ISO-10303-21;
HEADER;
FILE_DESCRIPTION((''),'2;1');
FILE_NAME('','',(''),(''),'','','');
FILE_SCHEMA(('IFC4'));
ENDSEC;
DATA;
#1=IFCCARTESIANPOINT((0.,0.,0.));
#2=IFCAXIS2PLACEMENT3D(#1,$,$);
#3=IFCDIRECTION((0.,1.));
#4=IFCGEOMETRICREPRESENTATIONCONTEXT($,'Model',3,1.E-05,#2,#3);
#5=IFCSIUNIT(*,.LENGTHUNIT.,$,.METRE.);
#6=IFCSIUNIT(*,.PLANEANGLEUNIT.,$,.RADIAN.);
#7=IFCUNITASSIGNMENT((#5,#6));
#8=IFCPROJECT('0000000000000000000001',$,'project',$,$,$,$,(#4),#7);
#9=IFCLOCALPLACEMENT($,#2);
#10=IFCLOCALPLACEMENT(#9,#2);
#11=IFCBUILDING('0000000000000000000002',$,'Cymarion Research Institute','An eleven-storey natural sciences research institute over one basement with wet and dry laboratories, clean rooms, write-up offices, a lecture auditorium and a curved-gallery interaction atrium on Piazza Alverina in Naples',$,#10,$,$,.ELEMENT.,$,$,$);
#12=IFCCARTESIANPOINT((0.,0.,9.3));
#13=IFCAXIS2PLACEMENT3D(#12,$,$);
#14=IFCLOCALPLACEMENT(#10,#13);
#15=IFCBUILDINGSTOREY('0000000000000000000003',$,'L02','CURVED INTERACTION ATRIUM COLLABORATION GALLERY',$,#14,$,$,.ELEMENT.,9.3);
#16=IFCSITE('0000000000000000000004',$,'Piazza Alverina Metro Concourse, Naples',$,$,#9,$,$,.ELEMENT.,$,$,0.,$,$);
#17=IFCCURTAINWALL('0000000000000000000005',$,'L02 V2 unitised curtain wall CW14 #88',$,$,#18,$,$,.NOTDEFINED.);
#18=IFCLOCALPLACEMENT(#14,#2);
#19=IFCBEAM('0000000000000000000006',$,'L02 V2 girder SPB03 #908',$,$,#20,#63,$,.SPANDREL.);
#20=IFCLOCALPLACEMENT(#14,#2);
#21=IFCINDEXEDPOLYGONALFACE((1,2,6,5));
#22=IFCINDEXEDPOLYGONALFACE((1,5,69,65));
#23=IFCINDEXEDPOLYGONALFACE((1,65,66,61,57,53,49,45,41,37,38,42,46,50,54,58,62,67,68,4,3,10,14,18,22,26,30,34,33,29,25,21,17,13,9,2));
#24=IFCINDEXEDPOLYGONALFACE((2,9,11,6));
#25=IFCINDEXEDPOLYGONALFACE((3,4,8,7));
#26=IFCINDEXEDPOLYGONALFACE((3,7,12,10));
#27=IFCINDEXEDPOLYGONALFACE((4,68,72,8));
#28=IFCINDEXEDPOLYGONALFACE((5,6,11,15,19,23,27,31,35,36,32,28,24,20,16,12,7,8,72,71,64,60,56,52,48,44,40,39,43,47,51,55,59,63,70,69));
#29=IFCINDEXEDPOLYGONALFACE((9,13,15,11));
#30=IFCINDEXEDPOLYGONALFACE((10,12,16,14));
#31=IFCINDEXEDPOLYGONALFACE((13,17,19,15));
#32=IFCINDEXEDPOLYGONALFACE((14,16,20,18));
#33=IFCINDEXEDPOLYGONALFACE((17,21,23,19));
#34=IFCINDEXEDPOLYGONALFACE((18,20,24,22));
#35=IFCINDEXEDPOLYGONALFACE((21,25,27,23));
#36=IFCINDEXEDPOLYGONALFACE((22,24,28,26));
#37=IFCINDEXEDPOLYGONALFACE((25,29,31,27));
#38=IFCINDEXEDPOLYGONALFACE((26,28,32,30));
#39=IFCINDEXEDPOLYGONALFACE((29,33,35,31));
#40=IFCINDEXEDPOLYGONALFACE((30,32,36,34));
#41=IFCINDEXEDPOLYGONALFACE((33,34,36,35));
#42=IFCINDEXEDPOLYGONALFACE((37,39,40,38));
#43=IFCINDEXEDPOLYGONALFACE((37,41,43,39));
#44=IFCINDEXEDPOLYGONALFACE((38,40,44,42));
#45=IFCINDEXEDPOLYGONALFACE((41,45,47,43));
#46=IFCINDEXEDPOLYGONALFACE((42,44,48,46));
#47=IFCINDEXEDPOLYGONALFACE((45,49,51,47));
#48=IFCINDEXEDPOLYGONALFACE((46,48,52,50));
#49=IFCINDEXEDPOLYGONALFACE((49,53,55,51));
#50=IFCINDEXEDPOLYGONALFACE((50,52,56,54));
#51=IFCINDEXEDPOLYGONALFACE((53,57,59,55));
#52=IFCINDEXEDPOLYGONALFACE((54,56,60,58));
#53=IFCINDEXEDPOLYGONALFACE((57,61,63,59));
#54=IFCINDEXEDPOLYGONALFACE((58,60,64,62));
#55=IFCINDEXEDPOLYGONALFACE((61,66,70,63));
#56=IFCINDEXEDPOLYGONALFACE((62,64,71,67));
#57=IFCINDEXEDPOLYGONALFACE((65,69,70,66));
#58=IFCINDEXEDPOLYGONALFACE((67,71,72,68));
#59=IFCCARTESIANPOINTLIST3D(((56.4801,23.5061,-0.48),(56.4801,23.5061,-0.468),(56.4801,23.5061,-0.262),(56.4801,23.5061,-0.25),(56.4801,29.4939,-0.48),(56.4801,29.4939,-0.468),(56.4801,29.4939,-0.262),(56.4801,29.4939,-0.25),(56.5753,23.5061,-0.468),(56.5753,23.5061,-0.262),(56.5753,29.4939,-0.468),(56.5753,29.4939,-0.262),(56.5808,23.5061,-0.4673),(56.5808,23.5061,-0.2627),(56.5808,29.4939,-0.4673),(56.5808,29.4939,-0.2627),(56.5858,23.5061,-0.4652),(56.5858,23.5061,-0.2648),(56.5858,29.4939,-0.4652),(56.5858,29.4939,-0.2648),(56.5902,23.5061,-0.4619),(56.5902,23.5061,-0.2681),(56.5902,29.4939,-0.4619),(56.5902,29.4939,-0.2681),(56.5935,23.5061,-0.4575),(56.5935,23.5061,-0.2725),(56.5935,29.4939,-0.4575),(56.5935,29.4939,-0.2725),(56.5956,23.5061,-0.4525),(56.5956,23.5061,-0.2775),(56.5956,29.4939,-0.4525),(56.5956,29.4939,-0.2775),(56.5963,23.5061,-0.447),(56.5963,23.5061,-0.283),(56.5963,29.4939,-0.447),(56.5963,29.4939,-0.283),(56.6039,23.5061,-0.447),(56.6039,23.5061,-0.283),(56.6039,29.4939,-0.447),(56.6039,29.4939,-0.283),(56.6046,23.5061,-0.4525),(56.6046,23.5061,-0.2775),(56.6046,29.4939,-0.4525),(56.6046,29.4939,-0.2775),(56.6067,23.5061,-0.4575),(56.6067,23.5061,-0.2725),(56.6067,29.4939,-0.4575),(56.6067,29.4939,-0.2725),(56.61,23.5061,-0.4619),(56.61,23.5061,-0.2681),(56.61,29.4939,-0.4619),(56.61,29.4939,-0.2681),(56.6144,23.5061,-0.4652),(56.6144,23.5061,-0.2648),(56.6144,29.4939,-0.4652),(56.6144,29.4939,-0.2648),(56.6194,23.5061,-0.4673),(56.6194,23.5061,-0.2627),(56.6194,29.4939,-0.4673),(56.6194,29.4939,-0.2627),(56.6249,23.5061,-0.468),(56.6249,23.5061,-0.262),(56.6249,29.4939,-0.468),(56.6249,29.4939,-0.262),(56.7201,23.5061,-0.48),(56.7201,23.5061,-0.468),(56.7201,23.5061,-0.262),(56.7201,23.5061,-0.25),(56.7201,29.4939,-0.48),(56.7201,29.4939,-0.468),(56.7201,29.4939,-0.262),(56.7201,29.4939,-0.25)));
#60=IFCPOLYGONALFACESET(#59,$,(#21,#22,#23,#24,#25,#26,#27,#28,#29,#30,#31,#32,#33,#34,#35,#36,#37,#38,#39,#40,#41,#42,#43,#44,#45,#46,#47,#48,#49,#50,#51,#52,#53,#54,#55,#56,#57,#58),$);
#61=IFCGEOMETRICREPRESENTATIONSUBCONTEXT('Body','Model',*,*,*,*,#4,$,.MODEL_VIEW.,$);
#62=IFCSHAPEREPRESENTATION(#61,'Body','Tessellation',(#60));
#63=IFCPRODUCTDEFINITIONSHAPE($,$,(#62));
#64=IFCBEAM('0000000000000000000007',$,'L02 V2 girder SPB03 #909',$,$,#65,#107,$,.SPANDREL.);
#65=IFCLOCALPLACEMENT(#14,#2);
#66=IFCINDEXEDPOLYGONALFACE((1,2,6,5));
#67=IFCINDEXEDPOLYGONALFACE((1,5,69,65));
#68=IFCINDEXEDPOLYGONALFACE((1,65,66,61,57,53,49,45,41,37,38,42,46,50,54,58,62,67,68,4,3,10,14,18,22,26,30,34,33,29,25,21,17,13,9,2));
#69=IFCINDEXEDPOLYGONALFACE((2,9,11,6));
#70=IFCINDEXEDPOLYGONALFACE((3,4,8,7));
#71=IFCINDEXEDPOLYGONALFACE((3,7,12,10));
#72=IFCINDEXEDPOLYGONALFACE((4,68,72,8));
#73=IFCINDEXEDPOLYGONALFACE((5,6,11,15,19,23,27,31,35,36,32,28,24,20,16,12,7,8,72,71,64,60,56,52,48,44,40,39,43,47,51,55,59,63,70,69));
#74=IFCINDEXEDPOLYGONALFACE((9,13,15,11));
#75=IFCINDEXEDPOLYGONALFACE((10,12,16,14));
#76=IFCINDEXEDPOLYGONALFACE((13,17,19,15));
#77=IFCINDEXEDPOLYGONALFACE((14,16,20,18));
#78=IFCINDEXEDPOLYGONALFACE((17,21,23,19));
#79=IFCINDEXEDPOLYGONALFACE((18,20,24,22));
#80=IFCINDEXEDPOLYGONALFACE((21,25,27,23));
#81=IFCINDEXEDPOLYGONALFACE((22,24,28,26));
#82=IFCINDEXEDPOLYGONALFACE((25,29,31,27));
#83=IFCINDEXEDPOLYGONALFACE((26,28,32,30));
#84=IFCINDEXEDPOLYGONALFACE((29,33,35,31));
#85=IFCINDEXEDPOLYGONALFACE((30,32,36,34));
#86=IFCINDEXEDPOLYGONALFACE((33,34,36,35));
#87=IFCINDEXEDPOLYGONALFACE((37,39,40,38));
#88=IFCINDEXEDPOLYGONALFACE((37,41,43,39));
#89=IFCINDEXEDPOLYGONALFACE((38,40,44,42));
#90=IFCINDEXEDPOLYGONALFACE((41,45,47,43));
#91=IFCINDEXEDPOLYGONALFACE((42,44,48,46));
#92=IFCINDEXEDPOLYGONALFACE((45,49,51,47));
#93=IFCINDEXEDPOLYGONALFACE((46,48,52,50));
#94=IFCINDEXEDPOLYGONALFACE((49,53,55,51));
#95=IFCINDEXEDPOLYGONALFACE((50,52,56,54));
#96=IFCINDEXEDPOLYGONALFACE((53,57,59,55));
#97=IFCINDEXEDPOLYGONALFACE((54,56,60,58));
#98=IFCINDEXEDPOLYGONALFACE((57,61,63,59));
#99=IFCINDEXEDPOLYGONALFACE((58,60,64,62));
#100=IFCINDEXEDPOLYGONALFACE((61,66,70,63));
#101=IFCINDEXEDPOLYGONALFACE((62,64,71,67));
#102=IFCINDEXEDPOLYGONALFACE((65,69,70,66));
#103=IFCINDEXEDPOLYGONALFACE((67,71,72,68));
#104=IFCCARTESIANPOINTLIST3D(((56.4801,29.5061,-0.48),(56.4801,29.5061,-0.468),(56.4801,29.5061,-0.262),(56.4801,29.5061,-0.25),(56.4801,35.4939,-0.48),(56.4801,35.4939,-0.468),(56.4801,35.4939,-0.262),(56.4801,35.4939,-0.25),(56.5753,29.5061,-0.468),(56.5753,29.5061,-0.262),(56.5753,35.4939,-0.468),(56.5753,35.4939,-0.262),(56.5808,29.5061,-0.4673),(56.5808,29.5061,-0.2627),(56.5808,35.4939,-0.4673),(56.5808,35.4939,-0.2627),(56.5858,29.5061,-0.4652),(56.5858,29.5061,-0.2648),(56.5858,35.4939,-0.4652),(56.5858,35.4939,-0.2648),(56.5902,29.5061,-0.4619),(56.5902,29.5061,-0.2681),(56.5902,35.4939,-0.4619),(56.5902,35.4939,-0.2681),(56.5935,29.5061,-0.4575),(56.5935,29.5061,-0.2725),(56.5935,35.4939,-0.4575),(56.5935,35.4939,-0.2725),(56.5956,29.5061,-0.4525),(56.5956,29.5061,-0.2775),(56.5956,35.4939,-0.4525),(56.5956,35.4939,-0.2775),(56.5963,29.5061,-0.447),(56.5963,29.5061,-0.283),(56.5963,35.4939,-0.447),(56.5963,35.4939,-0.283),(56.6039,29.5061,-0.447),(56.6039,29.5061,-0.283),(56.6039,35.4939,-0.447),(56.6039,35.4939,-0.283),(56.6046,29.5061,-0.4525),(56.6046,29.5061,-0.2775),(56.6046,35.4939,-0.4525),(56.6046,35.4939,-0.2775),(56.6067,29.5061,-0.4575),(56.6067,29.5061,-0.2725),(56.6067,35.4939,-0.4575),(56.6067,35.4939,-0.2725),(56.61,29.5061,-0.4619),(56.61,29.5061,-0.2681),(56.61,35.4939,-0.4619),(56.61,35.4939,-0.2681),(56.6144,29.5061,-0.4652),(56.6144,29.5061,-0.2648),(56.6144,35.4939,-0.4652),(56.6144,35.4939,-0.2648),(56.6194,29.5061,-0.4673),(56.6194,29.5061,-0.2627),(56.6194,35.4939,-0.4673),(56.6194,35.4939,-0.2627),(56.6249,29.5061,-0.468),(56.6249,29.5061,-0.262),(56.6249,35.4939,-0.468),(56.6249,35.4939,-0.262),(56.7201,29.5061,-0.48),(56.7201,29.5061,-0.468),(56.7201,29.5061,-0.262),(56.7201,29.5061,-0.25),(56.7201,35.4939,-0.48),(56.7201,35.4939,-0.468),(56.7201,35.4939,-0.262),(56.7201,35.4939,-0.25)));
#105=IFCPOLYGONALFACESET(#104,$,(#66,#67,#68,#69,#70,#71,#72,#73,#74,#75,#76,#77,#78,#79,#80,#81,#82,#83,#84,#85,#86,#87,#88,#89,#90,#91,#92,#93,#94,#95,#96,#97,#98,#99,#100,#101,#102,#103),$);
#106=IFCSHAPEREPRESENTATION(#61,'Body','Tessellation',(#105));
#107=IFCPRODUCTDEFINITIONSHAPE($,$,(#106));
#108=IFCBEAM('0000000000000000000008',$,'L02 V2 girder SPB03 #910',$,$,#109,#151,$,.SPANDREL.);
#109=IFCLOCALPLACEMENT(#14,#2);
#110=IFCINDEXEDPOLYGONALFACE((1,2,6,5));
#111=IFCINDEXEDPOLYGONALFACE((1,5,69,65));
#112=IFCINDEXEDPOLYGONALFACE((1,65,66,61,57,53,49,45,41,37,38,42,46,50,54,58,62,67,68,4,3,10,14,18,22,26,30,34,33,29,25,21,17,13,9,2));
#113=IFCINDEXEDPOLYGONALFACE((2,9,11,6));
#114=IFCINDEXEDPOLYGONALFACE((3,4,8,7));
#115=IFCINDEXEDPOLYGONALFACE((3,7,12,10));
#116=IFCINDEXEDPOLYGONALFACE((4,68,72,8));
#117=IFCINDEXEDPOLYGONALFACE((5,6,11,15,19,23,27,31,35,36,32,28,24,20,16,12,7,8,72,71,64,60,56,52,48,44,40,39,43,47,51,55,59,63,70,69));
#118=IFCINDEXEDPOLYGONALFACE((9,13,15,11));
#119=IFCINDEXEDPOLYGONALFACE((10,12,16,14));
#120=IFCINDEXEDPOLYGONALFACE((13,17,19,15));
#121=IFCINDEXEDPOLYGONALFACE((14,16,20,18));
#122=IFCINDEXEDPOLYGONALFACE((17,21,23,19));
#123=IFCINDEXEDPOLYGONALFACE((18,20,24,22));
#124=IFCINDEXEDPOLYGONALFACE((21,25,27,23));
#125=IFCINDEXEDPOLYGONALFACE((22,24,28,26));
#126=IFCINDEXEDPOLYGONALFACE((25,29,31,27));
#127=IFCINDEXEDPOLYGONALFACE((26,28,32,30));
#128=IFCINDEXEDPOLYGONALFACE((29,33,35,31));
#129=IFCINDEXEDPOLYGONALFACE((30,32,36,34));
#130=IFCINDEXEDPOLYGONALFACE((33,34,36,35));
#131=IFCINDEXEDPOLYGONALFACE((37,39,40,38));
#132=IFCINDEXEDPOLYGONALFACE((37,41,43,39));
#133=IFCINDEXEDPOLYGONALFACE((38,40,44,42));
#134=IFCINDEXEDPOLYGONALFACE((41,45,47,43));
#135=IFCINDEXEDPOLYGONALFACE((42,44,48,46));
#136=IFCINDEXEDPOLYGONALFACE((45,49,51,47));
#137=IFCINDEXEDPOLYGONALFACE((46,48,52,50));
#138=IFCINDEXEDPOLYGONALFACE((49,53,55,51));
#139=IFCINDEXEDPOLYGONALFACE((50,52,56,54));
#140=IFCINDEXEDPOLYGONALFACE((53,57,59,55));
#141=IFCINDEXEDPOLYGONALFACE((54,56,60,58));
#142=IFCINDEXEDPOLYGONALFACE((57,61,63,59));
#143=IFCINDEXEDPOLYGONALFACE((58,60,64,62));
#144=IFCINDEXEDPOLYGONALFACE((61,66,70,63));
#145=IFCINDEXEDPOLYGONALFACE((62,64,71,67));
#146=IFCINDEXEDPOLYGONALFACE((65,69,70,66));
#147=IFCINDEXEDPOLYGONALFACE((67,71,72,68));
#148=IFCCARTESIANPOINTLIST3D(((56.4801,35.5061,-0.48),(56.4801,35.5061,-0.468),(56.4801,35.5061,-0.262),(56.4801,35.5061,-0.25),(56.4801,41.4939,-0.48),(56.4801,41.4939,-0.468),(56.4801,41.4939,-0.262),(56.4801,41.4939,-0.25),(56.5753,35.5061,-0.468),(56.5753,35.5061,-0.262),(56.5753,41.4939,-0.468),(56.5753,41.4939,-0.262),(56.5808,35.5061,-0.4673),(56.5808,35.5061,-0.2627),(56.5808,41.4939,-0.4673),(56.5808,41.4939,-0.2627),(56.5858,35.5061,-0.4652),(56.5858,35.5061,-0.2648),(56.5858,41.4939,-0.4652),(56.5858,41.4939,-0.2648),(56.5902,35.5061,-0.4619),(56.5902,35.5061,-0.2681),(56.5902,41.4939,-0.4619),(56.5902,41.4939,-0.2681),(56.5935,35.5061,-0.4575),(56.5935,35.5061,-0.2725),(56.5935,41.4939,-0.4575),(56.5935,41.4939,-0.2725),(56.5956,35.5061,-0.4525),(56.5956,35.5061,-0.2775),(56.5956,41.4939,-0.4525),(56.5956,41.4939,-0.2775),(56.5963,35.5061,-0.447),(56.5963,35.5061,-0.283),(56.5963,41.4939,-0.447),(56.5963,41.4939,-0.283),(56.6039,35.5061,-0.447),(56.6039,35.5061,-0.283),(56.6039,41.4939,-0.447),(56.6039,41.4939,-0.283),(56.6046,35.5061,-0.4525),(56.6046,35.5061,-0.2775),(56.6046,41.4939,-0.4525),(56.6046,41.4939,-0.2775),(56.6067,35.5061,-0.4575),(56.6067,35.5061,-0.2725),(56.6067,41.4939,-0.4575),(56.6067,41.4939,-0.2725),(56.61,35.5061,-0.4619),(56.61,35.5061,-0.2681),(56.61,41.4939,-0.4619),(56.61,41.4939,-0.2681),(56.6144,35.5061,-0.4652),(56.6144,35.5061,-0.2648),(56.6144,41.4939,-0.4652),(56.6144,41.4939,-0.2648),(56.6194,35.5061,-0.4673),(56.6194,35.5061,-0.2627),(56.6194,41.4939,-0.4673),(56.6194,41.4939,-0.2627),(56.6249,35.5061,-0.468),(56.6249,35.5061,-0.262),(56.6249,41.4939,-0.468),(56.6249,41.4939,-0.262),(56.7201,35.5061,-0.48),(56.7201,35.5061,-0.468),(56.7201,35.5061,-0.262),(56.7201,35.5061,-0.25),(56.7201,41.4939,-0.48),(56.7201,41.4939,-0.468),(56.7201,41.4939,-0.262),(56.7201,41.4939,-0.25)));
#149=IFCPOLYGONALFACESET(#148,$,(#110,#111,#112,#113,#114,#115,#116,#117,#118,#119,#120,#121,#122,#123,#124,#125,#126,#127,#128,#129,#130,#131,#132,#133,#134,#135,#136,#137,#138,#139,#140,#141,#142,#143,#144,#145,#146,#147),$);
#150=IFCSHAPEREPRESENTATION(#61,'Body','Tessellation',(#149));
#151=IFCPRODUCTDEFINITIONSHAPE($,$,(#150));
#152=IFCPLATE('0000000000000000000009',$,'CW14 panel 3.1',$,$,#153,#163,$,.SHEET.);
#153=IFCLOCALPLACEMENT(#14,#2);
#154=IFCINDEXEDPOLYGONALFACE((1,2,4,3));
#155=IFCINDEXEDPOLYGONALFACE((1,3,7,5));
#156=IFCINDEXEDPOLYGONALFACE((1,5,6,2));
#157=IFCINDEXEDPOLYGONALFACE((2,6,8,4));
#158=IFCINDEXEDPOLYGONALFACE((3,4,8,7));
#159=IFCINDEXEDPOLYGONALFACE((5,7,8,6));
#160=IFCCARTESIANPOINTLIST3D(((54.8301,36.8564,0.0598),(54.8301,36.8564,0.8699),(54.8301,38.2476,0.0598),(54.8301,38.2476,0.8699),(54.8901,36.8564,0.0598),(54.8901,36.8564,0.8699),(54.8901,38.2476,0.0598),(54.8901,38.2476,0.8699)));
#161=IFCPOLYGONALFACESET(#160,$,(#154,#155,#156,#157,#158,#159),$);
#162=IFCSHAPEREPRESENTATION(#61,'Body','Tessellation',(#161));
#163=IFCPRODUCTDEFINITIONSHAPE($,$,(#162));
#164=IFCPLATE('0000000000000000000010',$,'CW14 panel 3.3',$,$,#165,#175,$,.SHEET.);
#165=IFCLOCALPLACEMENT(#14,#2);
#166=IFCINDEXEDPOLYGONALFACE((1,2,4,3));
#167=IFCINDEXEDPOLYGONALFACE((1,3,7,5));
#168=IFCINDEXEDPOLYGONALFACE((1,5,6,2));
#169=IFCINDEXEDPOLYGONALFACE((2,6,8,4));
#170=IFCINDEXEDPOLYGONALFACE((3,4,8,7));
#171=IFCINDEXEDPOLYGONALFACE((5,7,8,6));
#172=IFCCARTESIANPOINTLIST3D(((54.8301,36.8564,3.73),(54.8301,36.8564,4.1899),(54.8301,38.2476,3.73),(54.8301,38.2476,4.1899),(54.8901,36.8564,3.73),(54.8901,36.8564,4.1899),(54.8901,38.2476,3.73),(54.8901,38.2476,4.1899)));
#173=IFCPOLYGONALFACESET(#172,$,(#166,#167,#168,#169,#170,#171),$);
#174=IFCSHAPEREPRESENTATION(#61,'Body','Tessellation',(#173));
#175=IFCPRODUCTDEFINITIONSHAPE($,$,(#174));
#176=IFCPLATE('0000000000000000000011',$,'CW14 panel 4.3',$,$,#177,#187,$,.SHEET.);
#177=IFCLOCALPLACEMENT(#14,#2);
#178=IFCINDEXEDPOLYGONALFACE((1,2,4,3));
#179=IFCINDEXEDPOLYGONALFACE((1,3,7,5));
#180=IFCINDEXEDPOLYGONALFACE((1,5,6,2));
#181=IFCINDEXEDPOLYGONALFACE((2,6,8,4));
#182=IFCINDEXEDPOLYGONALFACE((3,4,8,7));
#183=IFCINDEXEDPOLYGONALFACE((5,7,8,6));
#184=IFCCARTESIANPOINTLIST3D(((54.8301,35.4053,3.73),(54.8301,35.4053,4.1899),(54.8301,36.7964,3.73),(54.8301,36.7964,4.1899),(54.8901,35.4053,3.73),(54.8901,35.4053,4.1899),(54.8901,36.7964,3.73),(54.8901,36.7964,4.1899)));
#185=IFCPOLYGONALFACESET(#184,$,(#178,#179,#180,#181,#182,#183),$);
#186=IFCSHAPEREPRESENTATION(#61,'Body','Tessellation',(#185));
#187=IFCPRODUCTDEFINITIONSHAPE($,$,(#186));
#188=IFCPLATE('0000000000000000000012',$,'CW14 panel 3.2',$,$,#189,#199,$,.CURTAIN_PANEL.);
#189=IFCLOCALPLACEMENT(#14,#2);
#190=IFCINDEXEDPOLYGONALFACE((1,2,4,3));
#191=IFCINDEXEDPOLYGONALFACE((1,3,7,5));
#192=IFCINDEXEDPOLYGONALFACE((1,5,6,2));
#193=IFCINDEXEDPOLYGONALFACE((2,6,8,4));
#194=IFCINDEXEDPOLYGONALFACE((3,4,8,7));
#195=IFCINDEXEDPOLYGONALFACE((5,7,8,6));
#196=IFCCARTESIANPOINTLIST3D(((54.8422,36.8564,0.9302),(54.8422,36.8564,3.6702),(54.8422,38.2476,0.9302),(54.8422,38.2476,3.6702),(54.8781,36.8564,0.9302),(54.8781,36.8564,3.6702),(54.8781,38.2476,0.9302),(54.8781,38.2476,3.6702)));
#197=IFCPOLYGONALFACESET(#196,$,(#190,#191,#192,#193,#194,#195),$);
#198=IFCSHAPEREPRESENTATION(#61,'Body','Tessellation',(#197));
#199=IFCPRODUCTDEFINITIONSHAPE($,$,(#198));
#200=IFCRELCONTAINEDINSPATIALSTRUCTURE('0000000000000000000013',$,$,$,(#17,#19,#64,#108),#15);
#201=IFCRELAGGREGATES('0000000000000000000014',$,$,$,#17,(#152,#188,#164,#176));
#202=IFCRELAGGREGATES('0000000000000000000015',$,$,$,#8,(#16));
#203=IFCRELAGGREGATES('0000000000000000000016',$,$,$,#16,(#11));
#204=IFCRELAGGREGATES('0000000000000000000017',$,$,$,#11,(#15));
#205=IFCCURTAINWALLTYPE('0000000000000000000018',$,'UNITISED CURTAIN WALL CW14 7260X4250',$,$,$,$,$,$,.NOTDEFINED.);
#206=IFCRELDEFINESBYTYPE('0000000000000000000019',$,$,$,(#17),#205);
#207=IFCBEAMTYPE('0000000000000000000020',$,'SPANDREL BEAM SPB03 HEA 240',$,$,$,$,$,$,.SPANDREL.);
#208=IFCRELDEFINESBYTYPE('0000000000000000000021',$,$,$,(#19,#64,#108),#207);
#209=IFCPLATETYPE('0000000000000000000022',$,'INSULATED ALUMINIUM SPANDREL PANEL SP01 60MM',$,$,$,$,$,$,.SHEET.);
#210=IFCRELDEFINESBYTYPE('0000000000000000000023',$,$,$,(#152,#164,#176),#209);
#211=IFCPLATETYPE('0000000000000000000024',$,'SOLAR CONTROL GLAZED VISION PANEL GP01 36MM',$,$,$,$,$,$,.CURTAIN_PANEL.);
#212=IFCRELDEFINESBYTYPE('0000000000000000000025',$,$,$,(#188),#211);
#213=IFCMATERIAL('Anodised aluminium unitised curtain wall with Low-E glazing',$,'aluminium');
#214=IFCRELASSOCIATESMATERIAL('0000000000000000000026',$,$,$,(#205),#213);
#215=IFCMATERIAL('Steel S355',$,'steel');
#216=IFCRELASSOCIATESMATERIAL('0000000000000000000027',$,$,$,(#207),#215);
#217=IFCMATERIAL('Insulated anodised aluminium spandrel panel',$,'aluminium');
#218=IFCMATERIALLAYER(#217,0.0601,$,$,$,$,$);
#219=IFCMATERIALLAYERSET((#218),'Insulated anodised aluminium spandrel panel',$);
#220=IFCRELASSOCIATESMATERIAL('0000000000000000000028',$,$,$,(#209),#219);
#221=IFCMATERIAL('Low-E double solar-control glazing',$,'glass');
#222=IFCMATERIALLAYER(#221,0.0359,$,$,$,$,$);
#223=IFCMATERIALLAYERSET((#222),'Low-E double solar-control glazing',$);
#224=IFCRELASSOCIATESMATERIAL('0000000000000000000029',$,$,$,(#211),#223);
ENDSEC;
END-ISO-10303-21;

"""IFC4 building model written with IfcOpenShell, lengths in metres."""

from ifc_helpers import new_model, si_unit, direction, frame, origin, origin_2d, place, context, subcontext, project, spatial, rectangle, i_section, extrude, material, layer, layer_set, material_profile, profile_set, type_object, element, aggregate, save


model = new_model("IFC4")

# Units and contexts
model_context = context("Model", 3, precision=1e-05, world=origin(), true_north=direction((0.0, 1.0)))
body_context = subcontext(model_context, "Body", "Model", "MODEL_VIEW")
ifc_project = project(units=[si_unit("LENGTHUNIT", "METRE"), si_unit("PLANEANGLEUNIT", "RADIAN")], contexts=[model_context])

# Site, building, storey
site_placement = place(None, origin())
site = spatial("IfcSite", under=ifc_project, at=site_placement, Name="Piazza Alverina Metro Concourse, Naples", CompositionType="ELEMENT", RefElevation=0.0)
building_placement = place(site_placement, origin())
building = spatial("IfcBuilding", under=site, at=building_placement, Name="Cymarion Research Institute", Description="An eleven-storey natural sciences research institute over one basement with wet and dry laboratories, clean rooms, write-up offices, a lecture auditorium and a curved-gallery interaction atrium on Piazza Alverina in Naples", CompositionType="ELEMENT")
storey_placement = place(building_placement, frame((0.0, 0.0, 9.3)))
storey = spatial("IfcBuildingStorey", under=building, at=storey_placement, Name="L02", Description="CURVED INTERACTION ATRIUM COLLABORATION GALLERY", CompositionType="ELEMENT", Elevation=9.3)

# Shared definitions
ifc_material_1 = material(Name="Steel S355", Category="steel")

# Curtain wall
ifc_material_2 = material(Name="Anodised aluminium unitised curtain wall with Low-E glazing", Category="aluminium")
curtain_wall_type = type_object("IfcCurtainWallType", Name="UNITISED CURTAIN WALL CW14 7260X4250", PredefinedType="NOTDEFINED", material=ifc_material_2)
curtain_wall_placement = place(storey_placement, origin())
curtain_wall = element("IfcCurtainWall", 1, at=curtain_wall_placement, inside=storey, type_object=curtain_wall_type, Name="L02 V2 unitised curtain wall CW14 #88", PredefinedType="NOTDEFINED")

# Beams
ifc_material_profile_1 = material_profile(ifc_material_1, i_section(OverallWidth=0.24, OverallDepth=0.23, WebThickness=0.0076, FlangeThickness=0.012, FilletRadius=0.021, at=origin_2d()), Name="HEA 240")
ifc_profile_set_1 = profile_set([ifc_material_profile_1], Name="Steel S355")
beam_type_1 = type_object("IfcBeamType", Name="SPANDREL BEAM SPB03 HEA 240", PredefinedType="SPANDREL", material=ifc_profile_set_1)
for number, where, z_axis, x_axis, name in (
    (2, (56.6001, 23.5061, -0.365), (0.0, 1.0, 0.0), (-1.0, 0.0, 0.0), "L02 V2 girder SPB03 #908"),
    (3, (56.6001, 29.5061, -0.365), (0.0, 1.0, 0.0), (-1.0, 0.0, 0.0), "L02 V2 girder SPB03 #909"),
    (4, (56.6001, 35.5061, -0.365), (0.0, 1.0, 0.0), (-1.0, 0.0, 0.0), "L02 V2 girder SPB03 #910"),
):
    element("IfcBeam", number, at=place(storey_placement, frame(where, z_axis=z_axis, x_axis=x_axis)), inside=storey, type_object=beam_type_1, Name=name, PredefinedType="SPANDREL", context=body_context, shape_type="SweptSolid", body=[
        extrude(i_section(OverallWidth=0.24, OverallDepth=0.23, WebThickness=0.0076, FlangeThickness=0.012, FilletRadius=0.021, at=origin_2d()), origin(), (0.0, 0.0, 1.0), 5.9878),
    ])

# Plates
ifc_material_3 = material(Name="Insulated anodised aluminium spandrel panel", Category="aluminium")
ifc_layer_1 = layer(ifc_material_3, 0.0601)
ifc_layer_set_1 = layer_set([ifc_layer_1], Name="Insulated anodised aluminium spandrel panel")
plate_type_1 = type_object("IfcPlateType", Name="INSULATED ALUMINIUM SPANDREL PANEL SP01 60MM", PredefinedType="SHEET", material=ifc_layer_set_1)
plate_1_placement = place(storey_placement, frame((54.8601, 37.552, 0.0598), z_axis=(0.0, 0.0, 1.0), x_axis=(0.0, -1.0, 0.0)))
plate_1 = element("IfcPlate", 5, at=plate_1_placement, type_object=plate_type_1, Name="CW14 panel 3.1", PredefinedType="SHEET", context=body_context, shape_type="SweptSolid", body=[
    extrude(rectangle(XDim=1.3911, YDim=0.0601, at=origin_2d()), origin(), (0.0, 0.0, 1.0), 0.8101),
])
plate_2_placement = place(storey_placement, frame((54.8601, 37.552, 3.73), z_axis=(0.0, 0.0, 1.0), x_axis=(0.0, -1.0, 0.0)))
plate_2 = element("IfcPlate", 6, at=plate_2_placement, type_object=plate_type_1, Name="CW14 panel 3.3", PredefinedType="SHEET", context=body_context, shape_type="SweptSolid", body=[
    extrude(rectangle(XDim=1.3911, YDim=0.0601, at=origin_2d()), origin(), (0.0, 0.0, 1.0), 0.46),
])
plate_3_placement = place(storey_placement, frame((54.8601, 36.1008, 3.73), z_axis=(0.0, 0.0, 1.0), x_axis=(0.0, -1.0, 0.0)))
plate_3 = element("IfcPlate", 7, at=plate_3_placement, type_object=plate_type_1, Name="CW14 panel 4.3", PredefinedType="SHEET", context=body_context, shape_type="SweptSolid", body=[
    extrude(rectangle(XDim=1.3911, YDim=0.0601, at=origin_2d()), origin(), (0.0, 0.0, 1.0), 0.46),
])
ifc_material_4 = material(Name="Low-E double solar-control glazing", Category="glass")
ifc_layer_2 = layer(ifc_material_4, 0.0359)
ifc_layer_set_2 = layer_set([ifc_layer_2], Name="Low-E double solar-control glazing")
plate_type_2 = type_object("IfcPlateType", Name="SOLAR CONTROL GLAZED VISION PANEL GP01 36MM", PredefinedType="CURTAIN_PANEL", material=ifc_layer_set_2)
plate_4_placement = place(storey_placement, frame((54.8601, 37.552, 0.9302), z_axis=(0.0, 0.0, 1.0), x_axis=(0.0, -1.0, 0.0)))
plate_4 = element("IfcPlate", 8, at=plate_4_placement, type_object=plate_type_2, Name="CW14 panel 3.2", PredefinedType="CURTAIN_PANEL", context=body_context, shape_type="SweptSolid", body=[
    extrude(rectangle(XDim=1.3911, YDim=0.0359, at=origin_2d()), origin(), (0.0, 0.0, 1.0), 2.74),
])
aggregate(curtain_wall, [plate_1, plate_4, plate_2, plate_3])

save(model, "model.ifc")
